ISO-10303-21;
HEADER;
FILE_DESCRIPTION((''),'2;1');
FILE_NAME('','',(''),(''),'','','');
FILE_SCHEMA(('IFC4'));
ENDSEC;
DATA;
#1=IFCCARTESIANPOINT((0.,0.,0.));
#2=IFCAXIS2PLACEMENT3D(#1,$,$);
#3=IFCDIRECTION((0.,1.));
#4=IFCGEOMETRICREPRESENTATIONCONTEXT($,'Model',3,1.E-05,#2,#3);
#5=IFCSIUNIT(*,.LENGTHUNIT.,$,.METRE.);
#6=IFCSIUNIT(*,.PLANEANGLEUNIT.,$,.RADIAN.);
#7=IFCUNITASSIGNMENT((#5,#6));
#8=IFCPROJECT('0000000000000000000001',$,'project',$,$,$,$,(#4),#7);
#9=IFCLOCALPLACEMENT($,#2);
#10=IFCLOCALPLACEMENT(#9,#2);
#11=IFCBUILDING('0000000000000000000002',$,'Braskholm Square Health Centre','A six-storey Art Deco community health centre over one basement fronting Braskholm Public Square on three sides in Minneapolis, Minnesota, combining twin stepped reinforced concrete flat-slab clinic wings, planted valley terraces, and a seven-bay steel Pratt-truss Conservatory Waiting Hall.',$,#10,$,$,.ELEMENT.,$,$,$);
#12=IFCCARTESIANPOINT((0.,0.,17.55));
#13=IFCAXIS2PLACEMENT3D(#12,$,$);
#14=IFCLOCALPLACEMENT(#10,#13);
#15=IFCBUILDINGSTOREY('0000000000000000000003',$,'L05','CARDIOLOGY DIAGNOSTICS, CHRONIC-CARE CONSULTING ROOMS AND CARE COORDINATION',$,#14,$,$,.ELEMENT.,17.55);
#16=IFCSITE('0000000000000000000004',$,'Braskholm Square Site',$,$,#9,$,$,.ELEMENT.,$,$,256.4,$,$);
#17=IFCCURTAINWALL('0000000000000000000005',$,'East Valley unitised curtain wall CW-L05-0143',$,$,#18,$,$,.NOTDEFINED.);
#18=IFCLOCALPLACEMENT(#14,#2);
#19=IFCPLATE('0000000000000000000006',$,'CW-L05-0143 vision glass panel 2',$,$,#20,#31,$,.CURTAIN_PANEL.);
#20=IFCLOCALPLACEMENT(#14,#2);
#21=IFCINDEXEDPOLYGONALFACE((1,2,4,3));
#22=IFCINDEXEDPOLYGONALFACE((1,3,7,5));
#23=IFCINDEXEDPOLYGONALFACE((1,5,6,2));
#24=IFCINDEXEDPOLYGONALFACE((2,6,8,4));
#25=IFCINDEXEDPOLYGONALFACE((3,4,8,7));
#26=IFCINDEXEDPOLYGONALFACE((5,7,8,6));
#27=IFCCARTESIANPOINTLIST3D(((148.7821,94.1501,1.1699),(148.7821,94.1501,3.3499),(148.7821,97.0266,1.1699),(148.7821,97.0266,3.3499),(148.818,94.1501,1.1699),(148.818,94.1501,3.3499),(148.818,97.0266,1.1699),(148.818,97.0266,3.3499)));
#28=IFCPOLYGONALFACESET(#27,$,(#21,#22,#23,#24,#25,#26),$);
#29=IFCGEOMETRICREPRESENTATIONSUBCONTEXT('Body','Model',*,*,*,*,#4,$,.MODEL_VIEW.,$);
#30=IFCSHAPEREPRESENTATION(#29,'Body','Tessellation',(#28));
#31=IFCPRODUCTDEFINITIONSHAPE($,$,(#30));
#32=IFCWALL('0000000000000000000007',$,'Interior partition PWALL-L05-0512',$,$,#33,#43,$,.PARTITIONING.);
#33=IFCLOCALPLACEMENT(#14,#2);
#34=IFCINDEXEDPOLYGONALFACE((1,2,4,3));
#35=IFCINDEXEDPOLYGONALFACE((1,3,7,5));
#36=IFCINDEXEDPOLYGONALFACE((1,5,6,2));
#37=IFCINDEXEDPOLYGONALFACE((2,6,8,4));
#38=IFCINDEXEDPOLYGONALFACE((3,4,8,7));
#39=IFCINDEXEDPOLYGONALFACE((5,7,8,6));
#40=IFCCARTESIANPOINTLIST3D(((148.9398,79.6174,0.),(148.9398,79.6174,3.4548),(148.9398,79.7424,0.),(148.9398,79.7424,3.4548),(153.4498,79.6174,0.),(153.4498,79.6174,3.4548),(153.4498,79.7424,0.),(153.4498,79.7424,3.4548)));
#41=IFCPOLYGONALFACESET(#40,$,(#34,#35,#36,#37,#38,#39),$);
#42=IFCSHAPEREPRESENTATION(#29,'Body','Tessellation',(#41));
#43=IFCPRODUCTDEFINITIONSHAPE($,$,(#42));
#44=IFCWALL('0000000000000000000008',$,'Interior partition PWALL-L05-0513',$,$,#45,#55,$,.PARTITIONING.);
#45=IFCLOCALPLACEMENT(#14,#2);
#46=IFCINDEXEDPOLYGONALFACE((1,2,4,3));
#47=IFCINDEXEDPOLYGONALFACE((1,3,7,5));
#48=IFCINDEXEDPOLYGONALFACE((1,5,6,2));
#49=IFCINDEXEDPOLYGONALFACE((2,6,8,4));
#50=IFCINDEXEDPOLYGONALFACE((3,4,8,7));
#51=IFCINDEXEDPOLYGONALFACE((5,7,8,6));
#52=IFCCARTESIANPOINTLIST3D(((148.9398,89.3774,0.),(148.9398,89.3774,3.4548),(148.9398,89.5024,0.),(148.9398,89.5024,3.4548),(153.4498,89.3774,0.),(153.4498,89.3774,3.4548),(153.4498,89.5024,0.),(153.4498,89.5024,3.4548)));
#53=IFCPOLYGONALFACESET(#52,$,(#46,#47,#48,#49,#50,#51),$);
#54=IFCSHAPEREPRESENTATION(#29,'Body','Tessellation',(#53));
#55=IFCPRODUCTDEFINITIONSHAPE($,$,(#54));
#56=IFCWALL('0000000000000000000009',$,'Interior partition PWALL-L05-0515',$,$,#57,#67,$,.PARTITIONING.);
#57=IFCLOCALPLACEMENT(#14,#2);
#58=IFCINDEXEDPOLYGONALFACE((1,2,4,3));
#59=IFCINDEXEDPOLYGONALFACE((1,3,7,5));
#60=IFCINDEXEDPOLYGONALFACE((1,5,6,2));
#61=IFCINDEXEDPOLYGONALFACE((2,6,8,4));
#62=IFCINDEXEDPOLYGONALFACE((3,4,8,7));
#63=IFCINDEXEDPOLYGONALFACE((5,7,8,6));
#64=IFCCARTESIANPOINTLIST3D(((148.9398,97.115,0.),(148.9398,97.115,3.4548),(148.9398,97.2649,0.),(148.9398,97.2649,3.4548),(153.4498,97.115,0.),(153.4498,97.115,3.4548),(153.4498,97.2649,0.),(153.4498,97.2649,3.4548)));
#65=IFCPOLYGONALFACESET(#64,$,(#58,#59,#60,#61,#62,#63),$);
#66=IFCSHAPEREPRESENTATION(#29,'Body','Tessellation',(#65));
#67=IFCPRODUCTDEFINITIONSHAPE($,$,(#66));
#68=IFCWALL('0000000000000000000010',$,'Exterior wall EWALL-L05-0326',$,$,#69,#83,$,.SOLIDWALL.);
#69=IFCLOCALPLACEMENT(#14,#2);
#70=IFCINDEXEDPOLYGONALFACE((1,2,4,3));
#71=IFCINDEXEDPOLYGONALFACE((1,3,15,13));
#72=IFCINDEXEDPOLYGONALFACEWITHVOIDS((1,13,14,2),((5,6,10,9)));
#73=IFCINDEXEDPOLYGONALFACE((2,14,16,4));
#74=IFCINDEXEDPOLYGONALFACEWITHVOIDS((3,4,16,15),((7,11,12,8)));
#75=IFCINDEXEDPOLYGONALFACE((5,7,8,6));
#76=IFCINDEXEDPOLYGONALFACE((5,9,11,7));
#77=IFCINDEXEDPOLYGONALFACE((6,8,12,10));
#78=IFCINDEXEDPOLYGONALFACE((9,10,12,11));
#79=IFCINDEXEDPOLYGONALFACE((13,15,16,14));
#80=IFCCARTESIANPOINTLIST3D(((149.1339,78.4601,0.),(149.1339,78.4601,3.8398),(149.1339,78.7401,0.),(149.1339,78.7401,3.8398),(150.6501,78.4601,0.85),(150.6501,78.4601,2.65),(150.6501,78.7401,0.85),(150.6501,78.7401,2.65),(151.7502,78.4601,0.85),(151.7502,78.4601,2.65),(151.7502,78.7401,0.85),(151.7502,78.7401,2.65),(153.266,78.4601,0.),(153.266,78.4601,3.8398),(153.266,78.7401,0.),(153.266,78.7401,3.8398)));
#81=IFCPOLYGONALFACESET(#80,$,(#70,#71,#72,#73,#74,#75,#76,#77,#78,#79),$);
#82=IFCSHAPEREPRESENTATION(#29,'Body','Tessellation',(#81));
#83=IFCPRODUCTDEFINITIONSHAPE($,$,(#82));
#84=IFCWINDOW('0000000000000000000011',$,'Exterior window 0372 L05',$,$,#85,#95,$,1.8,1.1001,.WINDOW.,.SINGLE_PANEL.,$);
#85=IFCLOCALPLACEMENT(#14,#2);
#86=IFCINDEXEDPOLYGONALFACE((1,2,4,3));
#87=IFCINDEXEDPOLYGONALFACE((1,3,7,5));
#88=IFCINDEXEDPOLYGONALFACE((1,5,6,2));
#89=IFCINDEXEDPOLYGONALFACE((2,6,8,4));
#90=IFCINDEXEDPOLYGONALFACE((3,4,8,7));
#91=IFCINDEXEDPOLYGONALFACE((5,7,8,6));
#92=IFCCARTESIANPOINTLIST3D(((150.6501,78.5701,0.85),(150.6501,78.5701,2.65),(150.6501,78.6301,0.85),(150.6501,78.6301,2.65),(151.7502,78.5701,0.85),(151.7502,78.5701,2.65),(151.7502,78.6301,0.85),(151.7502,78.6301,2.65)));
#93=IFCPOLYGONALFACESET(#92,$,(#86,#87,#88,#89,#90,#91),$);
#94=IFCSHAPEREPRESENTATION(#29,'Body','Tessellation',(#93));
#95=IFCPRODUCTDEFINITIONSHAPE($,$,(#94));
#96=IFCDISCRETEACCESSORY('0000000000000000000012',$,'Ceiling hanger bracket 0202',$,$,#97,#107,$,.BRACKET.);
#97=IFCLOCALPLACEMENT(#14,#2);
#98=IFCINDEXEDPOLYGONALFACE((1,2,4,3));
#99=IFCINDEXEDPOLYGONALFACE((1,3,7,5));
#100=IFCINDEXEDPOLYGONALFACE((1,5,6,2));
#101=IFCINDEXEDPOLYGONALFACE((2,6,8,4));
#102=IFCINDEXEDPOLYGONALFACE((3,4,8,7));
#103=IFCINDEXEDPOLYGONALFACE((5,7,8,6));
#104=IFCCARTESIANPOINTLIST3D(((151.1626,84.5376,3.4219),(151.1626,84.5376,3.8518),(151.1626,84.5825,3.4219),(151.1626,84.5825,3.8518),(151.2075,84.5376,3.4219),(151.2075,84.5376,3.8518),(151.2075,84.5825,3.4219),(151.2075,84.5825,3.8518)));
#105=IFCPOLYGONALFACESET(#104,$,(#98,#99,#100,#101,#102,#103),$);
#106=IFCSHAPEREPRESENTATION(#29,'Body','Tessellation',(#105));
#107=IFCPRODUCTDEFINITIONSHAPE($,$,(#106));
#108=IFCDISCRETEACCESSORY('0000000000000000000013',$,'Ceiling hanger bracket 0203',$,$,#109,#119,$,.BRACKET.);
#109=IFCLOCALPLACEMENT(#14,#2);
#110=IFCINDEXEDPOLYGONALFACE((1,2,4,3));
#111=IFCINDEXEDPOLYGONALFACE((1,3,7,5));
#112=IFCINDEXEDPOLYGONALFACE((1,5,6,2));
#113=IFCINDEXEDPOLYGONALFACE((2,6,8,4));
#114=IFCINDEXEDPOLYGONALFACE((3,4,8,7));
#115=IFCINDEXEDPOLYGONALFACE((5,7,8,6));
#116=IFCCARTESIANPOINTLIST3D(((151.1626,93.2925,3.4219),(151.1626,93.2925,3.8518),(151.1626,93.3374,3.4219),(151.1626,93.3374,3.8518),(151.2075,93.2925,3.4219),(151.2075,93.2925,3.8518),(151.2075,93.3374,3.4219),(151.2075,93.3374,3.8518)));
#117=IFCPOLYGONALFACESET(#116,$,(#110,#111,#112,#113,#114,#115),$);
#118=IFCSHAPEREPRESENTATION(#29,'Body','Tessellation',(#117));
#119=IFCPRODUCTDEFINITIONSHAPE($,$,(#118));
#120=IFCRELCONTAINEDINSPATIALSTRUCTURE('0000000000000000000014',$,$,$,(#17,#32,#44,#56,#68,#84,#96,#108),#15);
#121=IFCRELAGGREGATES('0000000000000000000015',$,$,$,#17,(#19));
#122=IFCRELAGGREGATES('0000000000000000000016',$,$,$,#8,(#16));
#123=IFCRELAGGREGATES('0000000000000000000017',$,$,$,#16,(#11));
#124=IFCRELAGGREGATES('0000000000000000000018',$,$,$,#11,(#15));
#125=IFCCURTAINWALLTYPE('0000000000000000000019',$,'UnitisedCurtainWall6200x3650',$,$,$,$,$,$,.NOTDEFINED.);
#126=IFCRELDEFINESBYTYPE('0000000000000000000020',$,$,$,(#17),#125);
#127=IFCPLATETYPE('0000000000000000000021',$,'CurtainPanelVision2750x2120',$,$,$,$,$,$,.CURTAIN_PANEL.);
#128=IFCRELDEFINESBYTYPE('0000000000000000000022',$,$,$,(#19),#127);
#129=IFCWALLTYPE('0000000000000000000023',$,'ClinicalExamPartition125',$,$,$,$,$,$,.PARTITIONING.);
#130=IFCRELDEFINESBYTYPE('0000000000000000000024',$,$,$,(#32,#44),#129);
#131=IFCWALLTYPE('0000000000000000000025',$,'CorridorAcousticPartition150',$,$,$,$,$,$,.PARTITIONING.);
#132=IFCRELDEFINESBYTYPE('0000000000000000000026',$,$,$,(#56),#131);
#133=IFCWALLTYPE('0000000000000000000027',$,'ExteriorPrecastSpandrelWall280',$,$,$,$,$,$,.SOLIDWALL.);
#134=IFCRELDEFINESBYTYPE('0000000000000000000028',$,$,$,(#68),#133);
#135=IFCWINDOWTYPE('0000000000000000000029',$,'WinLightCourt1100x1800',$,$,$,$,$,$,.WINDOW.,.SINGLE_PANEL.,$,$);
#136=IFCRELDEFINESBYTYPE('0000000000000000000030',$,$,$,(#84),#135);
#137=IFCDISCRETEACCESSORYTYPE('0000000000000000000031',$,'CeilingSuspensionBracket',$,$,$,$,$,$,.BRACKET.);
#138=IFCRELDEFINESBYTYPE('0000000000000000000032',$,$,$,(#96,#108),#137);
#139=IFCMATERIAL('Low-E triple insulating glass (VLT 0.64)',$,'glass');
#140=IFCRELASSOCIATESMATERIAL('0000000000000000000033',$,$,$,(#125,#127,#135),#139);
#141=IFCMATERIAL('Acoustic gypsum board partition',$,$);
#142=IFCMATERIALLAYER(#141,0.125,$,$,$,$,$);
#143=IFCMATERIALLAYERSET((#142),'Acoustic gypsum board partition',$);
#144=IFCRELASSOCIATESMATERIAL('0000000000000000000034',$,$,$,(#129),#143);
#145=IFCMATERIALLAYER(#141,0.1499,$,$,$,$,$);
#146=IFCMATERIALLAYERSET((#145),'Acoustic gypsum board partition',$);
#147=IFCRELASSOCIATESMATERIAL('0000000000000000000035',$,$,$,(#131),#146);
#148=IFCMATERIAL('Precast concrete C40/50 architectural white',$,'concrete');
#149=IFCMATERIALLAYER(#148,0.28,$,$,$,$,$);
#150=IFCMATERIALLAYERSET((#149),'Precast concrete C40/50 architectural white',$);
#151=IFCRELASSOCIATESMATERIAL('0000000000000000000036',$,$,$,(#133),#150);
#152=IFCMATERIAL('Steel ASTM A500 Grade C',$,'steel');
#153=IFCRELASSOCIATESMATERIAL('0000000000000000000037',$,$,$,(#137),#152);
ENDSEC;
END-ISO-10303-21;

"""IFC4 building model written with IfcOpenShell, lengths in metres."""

from ifc_helpers import new_model, si_unit, direction, frame, frame_2d, origin, origin_with_axes, origin_2d, place, context, subcontext, project, spatial, rectangle, extrude, material, layer, layer_set, type_object, element, fill, aggregate, save


model = new_model("IFC4")

# Units and contexts
model_context = context("Model", 3, precision=1e-05, world=origin(), true_north=direction((0.0, 1.0)))
body_context = subcontext(model_context, "Body", "Model", "MODEL_VIEW")
ifc_project = project(units=[si_unit("LENGTHUNIT", "METRE"), si_unit("PLANEANGLEUNIT", "RADIAN")], contexts=[model_context])

# Site, building, storey
site_placement = place(None, origin())
site = spatial("IfcSite", under=ifc_project, at=site_placement, Name="Braskholm Square Site", CompositionType="ELEMENT", RefElevation=256.4)
building_placement = place(site_placement, origin())
building = spatial("IfcBuilding", under=site, at=building_placement, Name="Braskholm Square Health Centre", Description="A six-storey Art Deco community health centre over one basement fronting Braskholm Public Square on three sides in Minneapolis, Minnesota, combining twin stepped reinforced concrete flat-slab clinic wings, planted valley terraces, and a seven-bay steel Pratt-truss Conservatory Waiting Hall.", CompositionType="ELEMENT")
storey_placement = place(building_placement, frame((0.0, 0.0, 17.55)))
storey = spatial("IfcBuildingStorey", under=building, at=storey_placement, Name="L05", Description="CARDIOLOGY DIAGNOSTICS, CHRONIC-CARE CONSULTING ROOMS AND CARE COORDINATION", CompositionType="ELEMENT", Elevation=17.55)

# Shared definitions
ifc_material_1 = material(Name="Low-E triple insulating glass (VLT 0.64)", Category="glass")

# Curtain wall
curtain_wall_type_1 = type_object("IfcCurtainWallType", Name="UnitisedCurtainWall6200x3650", PredefinedType="NOTDEFINED", material=ifc_material_1)
curtain_wall_1_placement = place(storey_placement, origin())
curtain_wall_1 = element("IfcCurtainWall", 1, at=curtain_wall_1_placement, inside=storey, type_object=curtain_wall_type_1, Name="East Valley unitised curtain wall CW-L05-0143", PredefinedType="NOTDEFINED")

# Plate
plate_type_1 = type_object("IfcPlateType", Name="CurtainPanelVision2750x2120", PredefinedType="CURTAIN_PANEL", material=ifc_material_1)
plate_1_placement = place(storey_placement, frame((148.8, 95.5884, 1.1699), z_axis=(0.0, 0.0, 1.0), x_axis=(0.0, -1.0, 0.0)))
plate_1 = element("IfcPlate", 2, at=plate_1_placement, type_object=plate_type_1, Name="CW-L05-0143 vision glass panel 2", PredefinedType="CURTAIN_PANEL", context=body_context, shape_type="SweptSolid", body=[
    extrude(rectangle(XDim=2.8765, YDim=0.0359, at=origin_2d()), origin(), (0.0, 0.0, 1.0), 2.1799),
])
aggregate(curtain_wall_1, [plate_1])

# Walls
ifc_material_2 = material(Name="Acoustic gypsum board partition")
ifc_layer_1 = layer(ifc_material_2, 0.125)
ifc_layer_set_1 = layer_set([ifc_layer_1], Name="Acoustic gypsum board partition")
wall_type_1 = type_object("IfcWallType", Name="ClinicalExamPartition125", PredefinedType="PARTITIONING", material=ifc_layer_set_1)
for number, where, z_axis, x_axis, name in (
    (3, (148.9399, 79.6799, 0.0), (0.0, 0.0, 1.0), (1.0, 0.0, 0.0), "Interior partition PWALL-L05-0512"),
    (4, (148.9399, 89.4399, 0.0), (0.0, 0.0, 1.0), (1.0, 0.0, 0.0), "Interior partition PWALL-L05-0513"),
):
    element("IfcWall", number, at=place(storey_placement, frame(where, z_axis=z_axis, x_axis=x_axis)), inside=storey, type_object=wall_type_1, Name=name, PredefinedType="PARTITIONING", context=body_context, shape_type="SweptSolid", body=[
        extrude(rectangle(XDim=4.51, YDim=0.125, at=frame_2d((2.2549, 0.0))), origin(), (0.0, 0.0, 1.0), 3.4548),
    ])
ifc_layer_2 = layer(ifc_material_2, 0.1499)
ifc_layer_set_2 = layer_set([ifc_layer_2], Name="Acoustic gypsum board partition")
wall_type_2 = type_object("IfcWallType", Name="CorridorAcousticPartition150", PredefinedType="PARTITIONING", material=ifc_layer_set_2)
wall_1_placement = place(storey_placement, frame((148.9399, 97.1899, 0.0), z_axis=(0.0, 0.0, 1.0), x_axis=(1.0, 0.0, 0.0)))
element("IfcWall", 5, at=wall_1_placement, inside=storey, type_object=wall_type_2, Name="Interior partition PWALL-L05-0515", PredefinedType="PARTITIONING", context=body_context, shape_type="SweptSolid", body=[
    extrude(rectangle(XDim=4.51, YDim=0.1499, at=frame_2d((2.2549, 0.0))), origin(), (0.0, 0.0, 1.0), 3.4548),
])

# Wall, opening, window
ifc_material_3 = material(Name="Precast concrete C40/50 architectural white", Category="concrete")
ifc_layer_3 = layer(ifc_material_3, 0.28)
ifc_layer_set_3 = layer_set([ifc_layer_3], Name="Precast concrete C40/50 architectural white")
wall_type_3 = type_object("IfcWallType", Name="ExteriorPrecastSpandrelWall280", PredefinedType="SOLIDWALL", material=ifc_layer_set_3)
wall_2_placement = place(storey_placement, frame((149.134, 78.6001, 0.0), z_axis=(0.0, 0.0, 1.0), x_axis=(1.0, 0.0, 0.0)))
wall_2 = element("IfcWall", 6, at=wall_2_placement, inside=storey, type_object=wall_type_3, Name="Exterior wall EWALL-L05-0326", PredefinedType="SOLIDWALL", context=body_context, shape_type="SweptSolid", body=[
    extrude(rectangle(XDim=4.1321, YDim=0.28, at=frame_2d((2.0659, 0.0))), origin(), (0.0, 0.0, 1.0), 3.8398),
])
opening_placement = place(wall_2_placement, frame((1.5161, 0.0, 0.8501)))
opening = element("IfcOpeningElement", 7, at=opening_placement, cuts=wall_2, PredefinedType="OPENING", context=body_context, shape_type="SweptSolid", body=[
    extrude(rectangle(XDim=1.1001, YDim=1.8, at=frame_2d((0.55, 0.8999))), frame((0.0, 0.1499, 0.0), z_axis=(0.0, -1.0, 0.0), x_axis=(1.0, 0.0, 0.0)), (0.0, 0.0, 1.0), 0.3),
])
window_type = type_object("IfcWindowType", Name="WinLightCourt1100x1800", PartitioningType="SINGLE_PANEL", PredefinedType="WINDOW", material=ifc_material_1)
window_placement = place(opening_placement, origin_with_axes())
window = element("IfcWindow", 8, at=window_placement, inside=storey, type_object=window_type, Name="Exterior window 0372 L05", OverallHeight=1.8, OverallWidth=1.1001, PartitioningType="SINGLE_PANEL", PredefinedType="WINDOW", context=body_context, shape_type="SweptSolid", body=[
    extrude(rectangle(XDim=1.1001, YDim=1.8, at=frame_2d((0.55, 0.8999))), frame((0.0, 0.03, 0.0), z_axis=(0.0, -1.0, 0.0), x_axis=(1.0, 0.0, 0.0)), (0.0, 0.0, 1.0), 0.0601),
])
fill(opening, window)

# Discrete accessories
ifc_material_4 = material(Name="Steel ASTM A500 Grade C", Category="steel")
discrete_accessory_type = type_object("IfcDiscreteAccessoryType", Name="CeilingSuspensionBracket", PredefinedType="BRACKET", material=ifc_material_4)
for number, where, z_axis, x_axis, name in (
    (9, (151.1851, 84.5601, 3.4219), (0.0, 0.0, 1.0), (1.0, 0.0, 0.0), "Ceiling hanger bracket 0202"),
    (10, (151.1851, 93.3149, 3.4219), (0.0, 0.0, 1.0), (1.0, 0.0, 0.0), "Ceiling hanger bracket 0203"),
):
    element("IfcDiscreteAccessory", number, at=place(storey_placement, frame(where, z_axis=z_axis, x_axis=x_axis)), inside=storey, type_object=discrete_accessory_type, Name=name, PredefinedType="BRACKET", context=body_context, shape_type="SweptSolid", body=[
        extrude(rectangle(XDim=0.0449, YDim=0.0449, at=origin_2d()), origin(), (0.0, 0.0, 1.0), 0.4299),
    ])

save(model, "model.ifc")
